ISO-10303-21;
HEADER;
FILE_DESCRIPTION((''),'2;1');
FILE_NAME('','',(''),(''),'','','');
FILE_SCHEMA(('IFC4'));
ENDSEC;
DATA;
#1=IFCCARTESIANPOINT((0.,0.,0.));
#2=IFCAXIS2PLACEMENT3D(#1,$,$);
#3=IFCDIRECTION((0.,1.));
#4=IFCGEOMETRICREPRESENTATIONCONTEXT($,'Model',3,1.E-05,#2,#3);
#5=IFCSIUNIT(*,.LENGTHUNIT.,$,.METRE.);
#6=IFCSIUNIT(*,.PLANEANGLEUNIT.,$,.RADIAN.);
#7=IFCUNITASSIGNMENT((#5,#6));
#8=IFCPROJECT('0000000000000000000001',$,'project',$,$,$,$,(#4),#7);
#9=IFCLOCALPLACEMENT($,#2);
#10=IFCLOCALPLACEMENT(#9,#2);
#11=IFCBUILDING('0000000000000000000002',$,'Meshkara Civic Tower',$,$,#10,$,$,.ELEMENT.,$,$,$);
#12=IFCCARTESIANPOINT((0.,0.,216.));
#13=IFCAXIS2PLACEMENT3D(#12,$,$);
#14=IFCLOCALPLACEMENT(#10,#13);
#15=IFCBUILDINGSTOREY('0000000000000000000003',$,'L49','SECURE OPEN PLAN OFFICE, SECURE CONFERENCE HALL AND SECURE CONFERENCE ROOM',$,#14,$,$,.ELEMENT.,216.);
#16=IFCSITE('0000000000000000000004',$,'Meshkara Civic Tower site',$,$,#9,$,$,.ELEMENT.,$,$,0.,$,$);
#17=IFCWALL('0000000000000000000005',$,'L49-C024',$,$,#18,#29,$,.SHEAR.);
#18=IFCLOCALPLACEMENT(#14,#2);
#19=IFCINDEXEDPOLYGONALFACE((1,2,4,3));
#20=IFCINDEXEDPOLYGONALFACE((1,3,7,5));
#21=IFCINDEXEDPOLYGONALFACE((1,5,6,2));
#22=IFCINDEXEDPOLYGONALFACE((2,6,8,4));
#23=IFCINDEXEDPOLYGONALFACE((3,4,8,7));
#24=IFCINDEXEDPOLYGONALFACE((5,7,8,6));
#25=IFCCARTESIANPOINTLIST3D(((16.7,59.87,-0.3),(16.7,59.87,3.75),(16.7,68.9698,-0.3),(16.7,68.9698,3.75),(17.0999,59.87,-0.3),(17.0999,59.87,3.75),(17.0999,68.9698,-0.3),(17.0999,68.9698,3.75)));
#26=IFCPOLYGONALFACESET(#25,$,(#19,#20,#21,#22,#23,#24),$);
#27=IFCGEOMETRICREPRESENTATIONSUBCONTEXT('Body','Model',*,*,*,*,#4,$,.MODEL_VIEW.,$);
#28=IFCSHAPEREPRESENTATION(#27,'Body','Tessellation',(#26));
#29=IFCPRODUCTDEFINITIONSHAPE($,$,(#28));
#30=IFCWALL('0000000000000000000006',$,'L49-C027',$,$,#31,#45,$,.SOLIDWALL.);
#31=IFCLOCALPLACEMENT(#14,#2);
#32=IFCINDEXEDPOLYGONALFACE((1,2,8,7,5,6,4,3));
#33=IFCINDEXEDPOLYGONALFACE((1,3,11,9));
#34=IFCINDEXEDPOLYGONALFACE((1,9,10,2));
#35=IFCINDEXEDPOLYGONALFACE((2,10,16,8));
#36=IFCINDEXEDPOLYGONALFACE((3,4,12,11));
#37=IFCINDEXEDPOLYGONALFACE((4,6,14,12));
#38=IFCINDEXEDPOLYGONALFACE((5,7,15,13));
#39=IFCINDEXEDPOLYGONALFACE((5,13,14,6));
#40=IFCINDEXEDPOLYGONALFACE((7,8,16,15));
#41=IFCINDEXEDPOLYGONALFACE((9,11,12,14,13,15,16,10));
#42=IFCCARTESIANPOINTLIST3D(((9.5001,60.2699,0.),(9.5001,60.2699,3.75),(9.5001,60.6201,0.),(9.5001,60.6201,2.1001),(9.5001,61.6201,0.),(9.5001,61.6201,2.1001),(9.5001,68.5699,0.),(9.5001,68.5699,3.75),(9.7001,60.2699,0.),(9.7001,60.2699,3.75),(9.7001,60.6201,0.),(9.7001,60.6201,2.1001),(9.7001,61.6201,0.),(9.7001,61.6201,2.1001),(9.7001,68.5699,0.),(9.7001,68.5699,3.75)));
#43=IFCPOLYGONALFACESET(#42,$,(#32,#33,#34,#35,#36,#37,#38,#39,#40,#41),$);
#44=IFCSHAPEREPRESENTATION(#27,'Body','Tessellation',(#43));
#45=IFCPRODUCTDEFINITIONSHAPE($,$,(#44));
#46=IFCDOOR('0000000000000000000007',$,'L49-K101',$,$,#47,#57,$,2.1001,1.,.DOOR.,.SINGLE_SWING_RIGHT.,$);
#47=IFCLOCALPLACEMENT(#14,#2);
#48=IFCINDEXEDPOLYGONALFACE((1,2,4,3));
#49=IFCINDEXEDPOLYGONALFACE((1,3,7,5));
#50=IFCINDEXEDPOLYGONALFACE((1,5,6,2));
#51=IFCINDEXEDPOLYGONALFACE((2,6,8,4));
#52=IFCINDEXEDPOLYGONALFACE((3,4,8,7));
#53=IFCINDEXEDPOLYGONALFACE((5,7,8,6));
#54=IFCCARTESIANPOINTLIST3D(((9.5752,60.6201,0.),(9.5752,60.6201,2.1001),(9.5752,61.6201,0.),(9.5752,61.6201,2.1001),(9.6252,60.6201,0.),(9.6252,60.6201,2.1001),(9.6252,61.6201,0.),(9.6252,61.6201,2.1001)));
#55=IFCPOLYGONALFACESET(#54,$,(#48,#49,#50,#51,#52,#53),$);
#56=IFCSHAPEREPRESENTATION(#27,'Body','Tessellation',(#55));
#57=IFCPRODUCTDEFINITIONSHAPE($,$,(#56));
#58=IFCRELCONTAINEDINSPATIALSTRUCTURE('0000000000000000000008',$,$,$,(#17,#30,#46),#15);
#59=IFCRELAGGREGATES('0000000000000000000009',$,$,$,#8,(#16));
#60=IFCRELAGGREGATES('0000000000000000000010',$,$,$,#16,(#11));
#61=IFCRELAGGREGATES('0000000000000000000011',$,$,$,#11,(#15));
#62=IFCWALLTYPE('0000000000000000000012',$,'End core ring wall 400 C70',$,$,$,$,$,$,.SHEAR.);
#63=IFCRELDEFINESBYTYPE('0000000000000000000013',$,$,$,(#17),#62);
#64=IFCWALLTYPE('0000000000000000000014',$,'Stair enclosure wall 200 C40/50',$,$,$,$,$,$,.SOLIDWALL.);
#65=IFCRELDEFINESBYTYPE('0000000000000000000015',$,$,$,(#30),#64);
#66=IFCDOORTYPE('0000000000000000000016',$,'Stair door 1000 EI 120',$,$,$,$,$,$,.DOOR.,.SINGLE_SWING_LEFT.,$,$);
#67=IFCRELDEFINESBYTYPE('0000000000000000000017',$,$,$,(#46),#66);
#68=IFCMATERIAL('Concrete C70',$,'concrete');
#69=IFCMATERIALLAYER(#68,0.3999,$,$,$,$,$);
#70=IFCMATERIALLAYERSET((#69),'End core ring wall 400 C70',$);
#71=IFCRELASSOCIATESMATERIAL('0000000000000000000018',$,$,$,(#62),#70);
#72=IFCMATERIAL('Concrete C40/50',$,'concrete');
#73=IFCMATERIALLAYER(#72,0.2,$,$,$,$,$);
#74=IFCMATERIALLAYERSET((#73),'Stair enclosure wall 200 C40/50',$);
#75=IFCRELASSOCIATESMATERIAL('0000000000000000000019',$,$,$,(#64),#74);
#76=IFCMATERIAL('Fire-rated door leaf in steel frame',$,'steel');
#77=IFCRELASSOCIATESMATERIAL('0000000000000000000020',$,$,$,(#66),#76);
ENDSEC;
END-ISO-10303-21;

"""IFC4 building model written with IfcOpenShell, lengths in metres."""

from ifc_helpers import new_model, si_unit, direction, frame, frame_2d, origin, place, context, subcontext, project, spatial, rectangle, extrude, material, layer, layer_set, type_object, element, fill, save


model = new_model("IFC4")

# Units and contexts
model_context = context("Model", 3, precision=1e-05, world=origin(), true_north=direction((0.0, 1.0)))
body_context = subcontext(model_context, "Body", "Model", "MODEL_VIEW")
ifc_project = project(units=[si_unit("LENGTHUNIT", "METRE"), si_unit("PLANEANGLEUNIT", "RADIAN")], contexts=[model_context])

# Site, building, storey
site_placement = place(None, origin())
site = spatial("IfcSite", under=ifc_project, at=site_placement, Name="Meshkara Civic Tower site", CompositionType="ELEMENT", RefElevation=0.0)
building_placement = place(site_placement, origin())
building = spatial("IfcBuilding", under=site, at=building_placement, Name="Meshkara Civic Tower", CompositionType="ELEMENT")
storey_placement = place(building_placement, frame((0.0, 0.0, 216.0)))
storey = spatial("IfcBuildingStorey", under=building, at=storey_placement, Name="L49", Description="SECURE OPEN PLAN OFFICE, SECURE CONFERENCE HALL AND SECURE CONFERENCE ROOM", CompositionType="ELEMENT", Elevation=216.0)

# Wall
ifc_material_1 = material(Name="Concrete C70", Category="concrete")
ifc_layer_1 = layer(ifc_material_1, 0.3999)
ifc_layer_set_1 = layer_set([ifc_layer_1], Name="End core ring wall 400 C70")
wall_type_1 = type_object("IfcWallType", Name="End core ring wall 400 C70", PredefinedType="SHEAR", material=ifc_layer_set_1)
wall_1_placement = place(storey_placement, frame((16.8999, 59.8701, -0.3), z_axis=(0.0, 0.0, 1.0), x_axis=(0.0, 1.0, 0.0)))
element("IfcWall", 1, at=wall_1_placement, inside=storey, type_object=wall_type_1, Name="L49-C024", PredefinedType="SHEAR", context=body_context, shape_type="SweptSolid", body=[
    extrude(rectangle(XDim=9.0999, YDim=0.3999, at=frame_2d((4.5498, 0.0))), origin(), (0.0, 0.0, 1.0), 4.05),
])

# Wall, opening, door
ifc_material_2 = material(Name="Concrete C40/50", Category="concrete")
ifc_layer_2 = layer(ifc_material_2, 0.2)
ifc_layer_set_2 = layer_set([ifc_layer_2], Name="Stair enclosure wall 200 C40/50")
wall_type_2 = type_object("IfcWallType", Name="Stair enclosure wall 200 C40/50", PredefinedType="SOLIDWALL", material=ifc_layer_set_2)
wall_2_placement = place(storey_placement, frame((9.6001, 60.27, 0.0), z_axis=(0.0, 0.0, 1.0), x_axis=(0.0, 1.0, 0.0)))
wall_2 = element("IfcWall", 2, at=wall_2_placement, inside=storey, type_object=wall_type_2, Name="L49-C027", PredefinedType="SOLIDWALL", context=body_context, shape_type="SweptSolid", body=[
    extrude(rectangle(XDim=8.3, YDim=0.2, at=frame_2d((4.1499, 0.0))), origin(), (0.0, 0.0, 1.0), 3.75),
])
opening_1_placement = place(wall_2_placement, frame((0.3501, 0.0, 0.0)))
opening_1 = element("IfcOpeningElement", 3, at=opening_1_placement, cuts=wall_2, PredefinedType="OPENING", context=body_context, shape_type="SweptSolid", body=[
    extrude(rectangle(XDim=1.0, YDim=2.1001, at=frame_2d((0.5, 1.05))), frame((0.0, 0.1099, 0.0), z_axis=(0.0, -1.0, 0.0), x_axis=(1.0, 0.0, 0.0)), (0.0, 0.0, 1.0), 0.22),
])
ifc_material_3 = material(Name="Fire-rated door leaf in steel frame", Category="steel")
door_type_1 = type_object("IfcDoorType", Name="Stair door 1000 EI 120", OperationType="SINGLE_SWING_LEFT", PredefinedType="DOOR", material=ifc_material_3)
door_1_placement = place(opening_1_placement, origin())
door_1 = element("IfcDoor", 4, at=door_1_placement, inside=storey, type_object=door_type_1, Name="L49-K101", OperationType="SINGLE_SWING_RIGHT", OverallHeight=2.1001, OverallWidth=1.0, PredefinedType="DOOR", context=body_context, shape_type="SweptSolid", body=[
    extrude(rectangle(XDim=1.0, YDim=2.1001, at=frame_2d((0.5, 1.05))), frame((0.0, 0.0249, 0.0), z_axis=(0.0, -1.0, 0.0), x_axis=(1.0, 0.0, 0.0)), (0.0, 0.0, 1.0), 0.05),
])
fill(opening_1, door_1)

save(model, "model.ifc")
